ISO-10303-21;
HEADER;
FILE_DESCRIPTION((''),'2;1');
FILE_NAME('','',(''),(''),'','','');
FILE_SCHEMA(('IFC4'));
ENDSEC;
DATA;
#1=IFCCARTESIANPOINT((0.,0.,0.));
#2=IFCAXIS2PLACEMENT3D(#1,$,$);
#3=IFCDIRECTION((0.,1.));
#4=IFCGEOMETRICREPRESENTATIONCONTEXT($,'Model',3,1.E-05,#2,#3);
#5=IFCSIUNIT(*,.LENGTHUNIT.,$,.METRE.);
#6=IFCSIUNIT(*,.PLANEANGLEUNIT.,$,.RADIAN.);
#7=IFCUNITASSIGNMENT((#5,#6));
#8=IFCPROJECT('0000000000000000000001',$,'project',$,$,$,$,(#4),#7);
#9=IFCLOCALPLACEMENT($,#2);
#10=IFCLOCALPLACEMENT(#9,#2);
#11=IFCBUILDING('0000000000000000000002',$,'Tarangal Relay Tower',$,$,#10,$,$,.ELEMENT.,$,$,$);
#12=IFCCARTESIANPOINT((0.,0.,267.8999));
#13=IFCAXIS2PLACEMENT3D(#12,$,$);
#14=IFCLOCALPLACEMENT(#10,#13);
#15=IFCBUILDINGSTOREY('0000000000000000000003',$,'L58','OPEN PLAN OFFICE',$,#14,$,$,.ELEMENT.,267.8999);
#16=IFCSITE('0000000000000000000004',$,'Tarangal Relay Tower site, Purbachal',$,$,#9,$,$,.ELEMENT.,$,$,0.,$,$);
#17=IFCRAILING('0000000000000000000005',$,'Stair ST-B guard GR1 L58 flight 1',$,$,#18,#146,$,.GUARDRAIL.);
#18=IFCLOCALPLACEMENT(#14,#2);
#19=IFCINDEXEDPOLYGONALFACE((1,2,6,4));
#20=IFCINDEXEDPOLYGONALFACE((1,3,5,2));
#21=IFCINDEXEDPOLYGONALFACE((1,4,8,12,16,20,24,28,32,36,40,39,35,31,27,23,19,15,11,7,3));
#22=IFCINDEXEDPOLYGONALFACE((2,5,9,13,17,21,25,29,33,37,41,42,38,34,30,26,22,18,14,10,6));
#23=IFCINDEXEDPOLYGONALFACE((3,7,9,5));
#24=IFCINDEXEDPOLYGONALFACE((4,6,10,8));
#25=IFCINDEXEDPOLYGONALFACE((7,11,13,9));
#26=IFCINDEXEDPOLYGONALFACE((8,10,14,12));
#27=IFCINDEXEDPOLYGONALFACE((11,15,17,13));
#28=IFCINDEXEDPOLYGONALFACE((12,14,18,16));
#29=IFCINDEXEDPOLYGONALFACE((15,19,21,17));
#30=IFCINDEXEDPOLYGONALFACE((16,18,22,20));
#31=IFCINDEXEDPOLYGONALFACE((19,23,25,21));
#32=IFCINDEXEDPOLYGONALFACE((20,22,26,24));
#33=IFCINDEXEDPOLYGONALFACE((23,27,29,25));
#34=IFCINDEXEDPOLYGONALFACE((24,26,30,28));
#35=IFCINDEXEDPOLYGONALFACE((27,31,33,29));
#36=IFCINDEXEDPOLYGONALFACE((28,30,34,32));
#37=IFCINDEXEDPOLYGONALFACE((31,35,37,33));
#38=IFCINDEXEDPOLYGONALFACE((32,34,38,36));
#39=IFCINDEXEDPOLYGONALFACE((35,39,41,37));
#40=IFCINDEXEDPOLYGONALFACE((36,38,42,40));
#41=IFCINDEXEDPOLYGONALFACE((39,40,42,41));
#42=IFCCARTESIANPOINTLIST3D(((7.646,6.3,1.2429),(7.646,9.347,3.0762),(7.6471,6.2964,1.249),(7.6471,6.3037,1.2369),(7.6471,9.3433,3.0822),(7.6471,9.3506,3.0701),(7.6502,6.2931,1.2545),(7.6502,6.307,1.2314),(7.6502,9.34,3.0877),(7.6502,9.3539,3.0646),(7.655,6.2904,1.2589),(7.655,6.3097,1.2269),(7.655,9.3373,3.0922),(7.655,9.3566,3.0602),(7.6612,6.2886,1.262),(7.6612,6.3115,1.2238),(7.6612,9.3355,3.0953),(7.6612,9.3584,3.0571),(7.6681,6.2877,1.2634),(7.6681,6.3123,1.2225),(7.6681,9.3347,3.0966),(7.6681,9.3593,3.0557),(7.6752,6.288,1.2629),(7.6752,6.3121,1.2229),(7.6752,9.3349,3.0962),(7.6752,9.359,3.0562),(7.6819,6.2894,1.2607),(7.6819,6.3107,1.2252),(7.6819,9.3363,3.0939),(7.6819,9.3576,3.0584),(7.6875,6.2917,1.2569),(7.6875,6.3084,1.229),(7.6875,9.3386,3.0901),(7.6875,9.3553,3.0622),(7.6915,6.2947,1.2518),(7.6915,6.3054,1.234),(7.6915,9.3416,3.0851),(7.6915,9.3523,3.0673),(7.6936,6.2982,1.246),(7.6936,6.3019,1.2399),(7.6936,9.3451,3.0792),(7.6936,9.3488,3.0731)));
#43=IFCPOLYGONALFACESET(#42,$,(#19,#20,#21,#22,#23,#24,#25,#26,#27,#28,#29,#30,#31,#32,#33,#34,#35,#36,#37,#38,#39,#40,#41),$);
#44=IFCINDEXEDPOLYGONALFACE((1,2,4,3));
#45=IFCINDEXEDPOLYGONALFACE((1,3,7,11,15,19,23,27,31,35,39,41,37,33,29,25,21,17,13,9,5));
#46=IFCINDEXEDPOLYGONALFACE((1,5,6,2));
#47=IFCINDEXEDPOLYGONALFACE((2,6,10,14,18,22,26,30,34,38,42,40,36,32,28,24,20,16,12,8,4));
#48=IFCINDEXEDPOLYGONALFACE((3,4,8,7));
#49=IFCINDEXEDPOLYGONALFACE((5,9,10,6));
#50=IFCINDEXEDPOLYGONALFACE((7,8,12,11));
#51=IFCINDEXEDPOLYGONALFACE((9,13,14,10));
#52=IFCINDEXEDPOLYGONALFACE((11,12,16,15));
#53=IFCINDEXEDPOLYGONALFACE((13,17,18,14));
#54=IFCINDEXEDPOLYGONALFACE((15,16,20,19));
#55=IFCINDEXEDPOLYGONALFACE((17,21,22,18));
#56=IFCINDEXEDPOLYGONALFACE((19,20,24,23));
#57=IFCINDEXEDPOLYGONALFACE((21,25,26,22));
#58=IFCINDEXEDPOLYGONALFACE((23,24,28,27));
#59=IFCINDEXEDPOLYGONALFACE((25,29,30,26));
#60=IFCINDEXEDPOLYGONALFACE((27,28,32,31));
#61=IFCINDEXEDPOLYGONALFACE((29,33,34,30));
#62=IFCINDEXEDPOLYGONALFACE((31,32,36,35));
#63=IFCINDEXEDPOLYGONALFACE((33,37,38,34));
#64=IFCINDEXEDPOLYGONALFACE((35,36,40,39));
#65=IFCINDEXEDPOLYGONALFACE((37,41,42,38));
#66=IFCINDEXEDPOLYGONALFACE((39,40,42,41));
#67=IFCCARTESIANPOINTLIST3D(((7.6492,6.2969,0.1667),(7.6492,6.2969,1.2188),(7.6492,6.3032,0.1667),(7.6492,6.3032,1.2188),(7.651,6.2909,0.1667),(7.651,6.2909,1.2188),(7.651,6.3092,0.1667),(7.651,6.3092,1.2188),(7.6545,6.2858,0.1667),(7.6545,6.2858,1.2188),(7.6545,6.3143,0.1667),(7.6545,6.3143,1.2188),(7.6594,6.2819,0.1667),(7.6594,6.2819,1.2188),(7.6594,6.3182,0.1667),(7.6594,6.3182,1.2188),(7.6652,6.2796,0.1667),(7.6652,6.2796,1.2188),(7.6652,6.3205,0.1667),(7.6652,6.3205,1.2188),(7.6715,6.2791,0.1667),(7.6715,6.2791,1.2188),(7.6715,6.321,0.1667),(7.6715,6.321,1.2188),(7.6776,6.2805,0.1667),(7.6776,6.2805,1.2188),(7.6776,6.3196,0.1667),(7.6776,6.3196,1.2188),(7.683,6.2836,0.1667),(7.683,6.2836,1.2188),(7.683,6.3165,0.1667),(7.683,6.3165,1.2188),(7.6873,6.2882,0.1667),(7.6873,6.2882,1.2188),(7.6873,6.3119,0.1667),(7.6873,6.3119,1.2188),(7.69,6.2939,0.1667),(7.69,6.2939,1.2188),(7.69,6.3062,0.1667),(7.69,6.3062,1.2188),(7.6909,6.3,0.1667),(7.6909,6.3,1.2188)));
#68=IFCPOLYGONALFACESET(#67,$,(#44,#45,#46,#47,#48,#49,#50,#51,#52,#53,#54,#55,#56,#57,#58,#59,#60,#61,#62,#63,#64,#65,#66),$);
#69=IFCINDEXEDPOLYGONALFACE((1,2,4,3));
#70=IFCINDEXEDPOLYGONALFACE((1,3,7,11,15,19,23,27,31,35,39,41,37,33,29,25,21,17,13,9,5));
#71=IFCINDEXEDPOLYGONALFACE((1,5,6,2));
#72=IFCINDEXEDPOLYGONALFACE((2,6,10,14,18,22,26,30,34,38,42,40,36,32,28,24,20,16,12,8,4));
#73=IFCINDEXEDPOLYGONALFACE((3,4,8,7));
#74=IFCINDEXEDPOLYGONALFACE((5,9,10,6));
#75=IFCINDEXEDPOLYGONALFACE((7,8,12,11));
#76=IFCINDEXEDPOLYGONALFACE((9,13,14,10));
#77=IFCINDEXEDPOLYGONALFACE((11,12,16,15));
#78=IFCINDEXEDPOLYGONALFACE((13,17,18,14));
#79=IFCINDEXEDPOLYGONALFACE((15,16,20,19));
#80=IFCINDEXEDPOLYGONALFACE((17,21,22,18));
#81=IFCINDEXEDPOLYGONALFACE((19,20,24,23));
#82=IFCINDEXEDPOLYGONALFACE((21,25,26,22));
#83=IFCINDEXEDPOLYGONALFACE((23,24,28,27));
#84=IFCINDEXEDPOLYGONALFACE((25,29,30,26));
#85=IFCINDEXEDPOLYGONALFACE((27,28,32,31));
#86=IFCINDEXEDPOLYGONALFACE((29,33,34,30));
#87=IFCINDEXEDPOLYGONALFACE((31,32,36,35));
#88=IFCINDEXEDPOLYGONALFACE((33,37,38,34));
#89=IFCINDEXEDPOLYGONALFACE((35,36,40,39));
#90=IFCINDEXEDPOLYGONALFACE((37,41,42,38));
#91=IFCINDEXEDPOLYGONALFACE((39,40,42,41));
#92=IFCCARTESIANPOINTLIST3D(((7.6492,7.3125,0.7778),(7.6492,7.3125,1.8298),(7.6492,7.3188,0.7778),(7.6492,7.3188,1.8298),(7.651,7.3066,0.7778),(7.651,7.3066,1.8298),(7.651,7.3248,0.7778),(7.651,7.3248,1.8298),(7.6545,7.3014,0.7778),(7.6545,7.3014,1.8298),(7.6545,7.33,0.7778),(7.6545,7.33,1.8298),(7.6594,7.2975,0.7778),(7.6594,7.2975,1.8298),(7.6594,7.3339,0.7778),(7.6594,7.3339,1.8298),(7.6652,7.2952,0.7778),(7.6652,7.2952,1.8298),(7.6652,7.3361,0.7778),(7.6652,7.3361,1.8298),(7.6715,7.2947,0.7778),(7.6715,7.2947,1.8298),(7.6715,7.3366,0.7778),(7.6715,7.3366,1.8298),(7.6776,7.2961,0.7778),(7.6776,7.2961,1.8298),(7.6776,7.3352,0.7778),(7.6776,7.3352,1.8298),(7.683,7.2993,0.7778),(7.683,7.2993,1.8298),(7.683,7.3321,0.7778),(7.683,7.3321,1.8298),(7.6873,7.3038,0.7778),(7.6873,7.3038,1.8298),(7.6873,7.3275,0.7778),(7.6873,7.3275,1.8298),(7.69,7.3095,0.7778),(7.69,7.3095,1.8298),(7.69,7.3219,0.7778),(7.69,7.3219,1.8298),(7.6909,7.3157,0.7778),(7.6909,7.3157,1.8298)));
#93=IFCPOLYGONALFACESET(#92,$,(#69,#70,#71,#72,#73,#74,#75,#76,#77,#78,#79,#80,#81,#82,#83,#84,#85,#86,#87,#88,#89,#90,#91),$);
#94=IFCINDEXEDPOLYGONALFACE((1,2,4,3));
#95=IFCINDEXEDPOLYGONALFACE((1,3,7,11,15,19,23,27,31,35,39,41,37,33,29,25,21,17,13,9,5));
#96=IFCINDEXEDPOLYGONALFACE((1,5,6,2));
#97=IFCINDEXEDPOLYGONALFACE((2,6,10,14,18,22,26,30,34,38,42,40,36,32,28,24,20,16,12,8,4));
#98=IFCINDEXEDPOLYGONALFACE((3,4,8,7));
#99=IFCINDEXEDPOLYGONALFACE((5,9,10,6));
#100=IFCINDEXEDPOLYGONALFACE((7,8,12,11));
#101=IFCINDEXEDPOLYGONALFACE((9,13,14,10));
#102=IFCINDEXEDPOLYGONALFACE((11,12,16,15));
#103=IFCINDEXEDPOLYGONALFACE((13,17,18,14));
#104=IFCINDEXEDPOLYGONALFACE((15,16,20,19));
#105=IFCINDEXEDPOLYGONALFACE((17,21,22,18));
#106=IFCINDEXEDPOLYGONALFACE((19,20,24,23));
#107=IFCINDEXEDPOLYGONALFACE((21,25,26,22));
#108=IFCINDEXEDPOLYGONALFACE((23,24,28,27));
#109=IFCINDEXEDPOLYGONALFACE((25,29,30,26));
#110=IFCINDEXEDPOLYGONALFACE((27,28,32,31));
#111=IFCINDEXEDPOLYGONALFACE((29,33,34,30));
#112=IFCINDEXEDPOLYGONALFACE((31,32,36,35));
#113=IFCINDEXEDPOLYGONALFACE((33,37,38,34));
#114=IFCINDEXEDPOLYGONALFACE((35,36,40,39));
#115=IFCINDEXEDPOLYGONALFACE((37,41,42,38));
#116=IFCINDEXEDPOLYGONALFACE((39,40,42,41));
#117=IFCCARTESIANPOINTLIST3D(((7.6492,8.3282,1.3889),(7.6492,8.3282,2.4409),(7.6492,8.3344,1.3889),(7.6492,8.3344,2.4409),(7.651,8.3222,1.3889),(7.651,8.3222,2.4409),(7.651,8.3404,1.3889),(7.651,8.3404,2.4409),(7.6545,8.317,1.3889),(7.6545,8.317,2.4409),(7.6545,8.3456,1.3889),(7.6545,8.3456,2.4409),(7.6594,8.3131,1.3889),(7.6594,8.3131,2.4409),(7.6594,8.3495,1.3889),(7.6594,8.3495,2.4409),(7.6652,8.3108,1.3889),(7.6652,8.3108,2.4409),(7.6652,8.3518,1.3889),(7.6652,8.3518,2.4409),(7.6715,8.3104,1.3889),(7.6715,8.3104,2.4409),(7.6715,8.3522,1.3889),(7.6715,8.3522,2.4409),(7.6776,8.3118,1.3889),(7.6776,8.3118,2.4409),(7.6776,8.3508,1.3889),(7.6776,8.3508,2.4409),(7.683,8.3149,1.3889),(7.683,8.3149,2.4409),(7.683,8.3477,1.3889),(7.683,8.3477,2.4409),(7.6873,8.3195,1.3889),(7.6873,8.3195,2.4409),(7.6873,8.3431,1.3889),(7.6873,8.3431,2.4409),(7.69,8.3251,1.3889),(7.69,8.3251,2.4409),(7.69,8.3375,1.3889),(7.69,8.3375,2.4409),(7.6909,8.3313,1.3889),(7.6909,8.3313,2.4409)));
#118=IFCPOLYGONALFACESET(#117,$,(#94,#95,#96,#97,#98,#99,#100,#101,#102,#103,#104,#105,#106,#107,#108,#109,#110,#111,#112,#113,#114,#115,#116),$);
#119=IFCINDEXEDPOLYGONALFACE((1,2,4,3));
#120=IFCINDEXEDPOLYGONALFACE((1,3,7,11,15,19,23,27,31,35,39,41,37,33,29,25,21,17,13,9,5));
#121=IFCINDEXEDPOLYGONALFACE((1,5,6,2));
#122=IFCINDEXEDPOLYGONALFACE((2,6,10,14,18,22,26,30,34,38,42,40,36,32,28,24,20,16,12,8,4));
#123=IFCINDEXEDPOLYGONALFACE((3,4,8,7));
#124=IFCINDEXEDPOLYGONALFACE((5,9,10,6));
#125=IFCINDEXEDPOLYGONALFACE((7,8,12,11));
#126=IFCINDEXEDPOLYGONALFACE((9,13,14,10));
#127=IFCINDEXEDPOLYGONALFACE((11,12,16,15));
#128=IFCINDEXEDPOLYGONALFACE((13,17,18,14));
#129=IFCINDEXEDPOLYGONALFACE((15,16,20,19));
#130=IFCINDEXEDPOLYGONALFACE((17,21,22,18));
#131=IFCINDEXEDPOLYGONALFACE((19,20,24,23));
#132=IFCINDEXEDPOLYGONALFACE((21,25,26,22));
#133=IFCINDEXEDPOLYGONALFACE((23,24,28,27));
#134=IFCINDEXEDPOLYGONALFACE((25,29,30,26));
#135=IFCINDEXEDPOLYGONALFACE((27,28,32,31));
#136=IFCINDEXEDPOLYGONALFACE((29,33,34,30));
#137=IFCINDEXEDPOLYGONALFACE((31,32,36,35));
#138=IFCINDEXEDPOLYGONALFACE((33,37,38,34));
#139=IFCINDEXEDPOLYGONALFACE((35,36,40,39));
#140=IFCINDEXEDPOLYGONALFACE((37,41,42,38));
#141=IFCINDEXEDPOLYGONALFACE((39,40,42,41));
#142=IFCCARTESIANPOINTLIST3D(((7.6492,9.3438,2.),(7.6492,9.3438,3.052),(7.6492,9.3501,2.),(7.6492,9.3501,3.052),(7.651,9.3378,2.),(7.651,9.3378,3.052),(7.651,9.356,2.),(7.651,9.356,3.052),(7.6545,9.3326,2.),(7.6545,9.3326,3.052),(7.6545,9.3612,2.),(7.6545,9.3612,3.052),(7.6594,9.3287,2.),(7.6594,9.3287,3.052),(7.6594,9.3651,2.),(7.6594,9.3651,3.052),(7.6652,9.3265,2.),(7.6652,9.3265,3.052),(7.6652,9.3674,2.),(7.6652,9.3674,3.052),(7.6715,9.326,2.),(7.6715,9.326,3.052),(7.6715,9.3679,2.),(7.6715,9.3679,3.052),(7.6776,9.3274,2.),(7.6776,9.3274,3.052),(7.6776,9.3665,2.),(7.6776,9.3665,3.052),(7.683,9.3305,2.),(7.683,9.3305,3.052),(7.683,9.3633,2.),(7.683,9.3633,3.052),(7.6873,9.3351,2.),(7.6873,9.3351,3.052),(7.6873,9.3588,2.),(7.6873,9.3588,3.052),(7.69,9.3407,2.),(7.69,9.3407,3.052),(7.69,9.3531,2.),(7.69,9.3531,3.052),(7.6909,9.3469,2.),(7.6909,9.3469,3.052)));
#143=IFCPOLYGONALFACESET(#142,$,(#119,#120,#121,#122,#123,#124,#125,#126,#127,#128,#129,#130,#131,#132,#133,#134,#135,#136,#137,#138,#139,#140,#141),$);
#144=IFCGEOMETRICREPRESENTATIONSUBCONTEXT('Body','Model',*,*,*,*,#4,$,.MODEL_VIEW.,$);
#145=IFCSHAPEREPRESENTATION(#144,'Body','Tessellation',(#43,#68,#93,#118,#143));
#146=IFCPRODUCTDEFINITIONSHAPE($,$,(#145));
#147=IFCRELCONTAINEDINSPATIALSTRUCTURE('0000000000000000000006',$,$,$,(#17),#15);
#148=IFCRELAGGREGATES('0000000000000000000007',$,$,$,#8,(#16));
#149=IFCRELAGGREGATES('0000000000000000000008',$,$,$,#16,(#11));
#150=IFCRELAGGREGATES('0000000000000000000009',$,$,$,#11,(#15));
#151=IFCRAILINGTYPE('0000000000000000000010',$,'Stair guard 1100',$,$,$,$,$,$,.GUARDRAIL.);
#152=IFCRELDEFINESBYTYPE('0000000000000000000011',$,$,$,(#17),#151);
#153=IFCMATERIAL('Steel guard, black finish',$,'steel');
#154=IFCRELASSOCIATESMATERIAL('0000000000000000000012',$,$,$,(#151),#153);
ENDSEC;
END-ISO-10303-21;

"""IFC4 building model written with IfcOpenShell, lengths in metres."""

from ifc_helpers import new_model, si_unit, direction, frame, origin, origin_2d, place, context, subcontext, project, spatial, circle, extrude, material, type_object, element, save


model = new_model("IFC4")

# Units and contexts
model_context = context("Model", 3, precision=1e-05, world=origin(), true_north=direction((0.0, 1.0)))
body_context = subcontext(model_context, "Body", "Model", "MODEL_VIEW")
ifc_project = project(units=[si_unit("LENGTHUNIT", "METRE"), si_unit("PLANEANGLEUNIT", "RADIAN")], contexts=[model_context])

# Site, building, storey
site_placement = place(None, origin())
site = spatial("IfcSite", under=ifc_project, at=site_placement, Name="Tarangal Relay Tower site, Purbachal", CompositionType="ELEMENT", RefElevation=0.0)
building_placement = place(site_placement, origin())
building = spatial("IfcBuilding", under=site, at=building_placement, Name="Tarangal Relay Tower", CompositionType="ELEMENT")
storey_placement = place(building_placement, frame((0.0, 0.0, 267.8999)))
storey = spatial("IfcBuildingStorey", under=building, at=storey_placement, Name="L58", Description="OPEN PLAN OFFICE", CompositionType="ELEMENT", Elevation=267.8999)

# Railing
ifc_material_1 = material(Name="Steel guard, black finish", Category="steel")
railing_type_1 = type_object("IfcRailingType", Name="Stair guard 1100", PredefinedType="GUARDRAIL", material=ifc_material_1)
railing_1_placement = place(storey_placement, frame((7.6699, 6.3, 0.1667)))
element("IfcRailing", 1, at=railing_1_placement, inside=storey, type_object=railing_type_1, Name="Stair ST-B guard GR1 L58 flight 1", PredefinedType="GUARDRAIL", context=body_context, shape_type="SweptSolid", body=[
    extrude(circle(Radius=0.0239, at=origin_2d()), frame((0.0, 0.0, 1.0762), z_axis=(0.0, 0.856856, 0.515556), x_axis=(-1.0, 0.0, 0.0)), (0.0, 0.0, 1.0), 3.5559),
    extrude(circle(Radius=0.021, at=origin_2d()), origin(), (0.0, 0.0, 1.0), 1.052),
    extrude(circle(Radius=0.021, at=origin_2d()), frame((0.0, 1.0156, 0.6111)), (0.0, 0.0, 1.0), 1.052),
    extrude(circle(Radius=0.021, at=origin_2d()), frame((0.0, 2.0312, 1.2222)), (0.0, 0.0, 1.0), 1.052),
    extrude(circle(Radius=0.021, at=origin_2d()), frame((0.0, 3.0469, 1.8333)), (0.0, 0.0, 1.0), 1.052),
])

save(model, "model.ifc")
